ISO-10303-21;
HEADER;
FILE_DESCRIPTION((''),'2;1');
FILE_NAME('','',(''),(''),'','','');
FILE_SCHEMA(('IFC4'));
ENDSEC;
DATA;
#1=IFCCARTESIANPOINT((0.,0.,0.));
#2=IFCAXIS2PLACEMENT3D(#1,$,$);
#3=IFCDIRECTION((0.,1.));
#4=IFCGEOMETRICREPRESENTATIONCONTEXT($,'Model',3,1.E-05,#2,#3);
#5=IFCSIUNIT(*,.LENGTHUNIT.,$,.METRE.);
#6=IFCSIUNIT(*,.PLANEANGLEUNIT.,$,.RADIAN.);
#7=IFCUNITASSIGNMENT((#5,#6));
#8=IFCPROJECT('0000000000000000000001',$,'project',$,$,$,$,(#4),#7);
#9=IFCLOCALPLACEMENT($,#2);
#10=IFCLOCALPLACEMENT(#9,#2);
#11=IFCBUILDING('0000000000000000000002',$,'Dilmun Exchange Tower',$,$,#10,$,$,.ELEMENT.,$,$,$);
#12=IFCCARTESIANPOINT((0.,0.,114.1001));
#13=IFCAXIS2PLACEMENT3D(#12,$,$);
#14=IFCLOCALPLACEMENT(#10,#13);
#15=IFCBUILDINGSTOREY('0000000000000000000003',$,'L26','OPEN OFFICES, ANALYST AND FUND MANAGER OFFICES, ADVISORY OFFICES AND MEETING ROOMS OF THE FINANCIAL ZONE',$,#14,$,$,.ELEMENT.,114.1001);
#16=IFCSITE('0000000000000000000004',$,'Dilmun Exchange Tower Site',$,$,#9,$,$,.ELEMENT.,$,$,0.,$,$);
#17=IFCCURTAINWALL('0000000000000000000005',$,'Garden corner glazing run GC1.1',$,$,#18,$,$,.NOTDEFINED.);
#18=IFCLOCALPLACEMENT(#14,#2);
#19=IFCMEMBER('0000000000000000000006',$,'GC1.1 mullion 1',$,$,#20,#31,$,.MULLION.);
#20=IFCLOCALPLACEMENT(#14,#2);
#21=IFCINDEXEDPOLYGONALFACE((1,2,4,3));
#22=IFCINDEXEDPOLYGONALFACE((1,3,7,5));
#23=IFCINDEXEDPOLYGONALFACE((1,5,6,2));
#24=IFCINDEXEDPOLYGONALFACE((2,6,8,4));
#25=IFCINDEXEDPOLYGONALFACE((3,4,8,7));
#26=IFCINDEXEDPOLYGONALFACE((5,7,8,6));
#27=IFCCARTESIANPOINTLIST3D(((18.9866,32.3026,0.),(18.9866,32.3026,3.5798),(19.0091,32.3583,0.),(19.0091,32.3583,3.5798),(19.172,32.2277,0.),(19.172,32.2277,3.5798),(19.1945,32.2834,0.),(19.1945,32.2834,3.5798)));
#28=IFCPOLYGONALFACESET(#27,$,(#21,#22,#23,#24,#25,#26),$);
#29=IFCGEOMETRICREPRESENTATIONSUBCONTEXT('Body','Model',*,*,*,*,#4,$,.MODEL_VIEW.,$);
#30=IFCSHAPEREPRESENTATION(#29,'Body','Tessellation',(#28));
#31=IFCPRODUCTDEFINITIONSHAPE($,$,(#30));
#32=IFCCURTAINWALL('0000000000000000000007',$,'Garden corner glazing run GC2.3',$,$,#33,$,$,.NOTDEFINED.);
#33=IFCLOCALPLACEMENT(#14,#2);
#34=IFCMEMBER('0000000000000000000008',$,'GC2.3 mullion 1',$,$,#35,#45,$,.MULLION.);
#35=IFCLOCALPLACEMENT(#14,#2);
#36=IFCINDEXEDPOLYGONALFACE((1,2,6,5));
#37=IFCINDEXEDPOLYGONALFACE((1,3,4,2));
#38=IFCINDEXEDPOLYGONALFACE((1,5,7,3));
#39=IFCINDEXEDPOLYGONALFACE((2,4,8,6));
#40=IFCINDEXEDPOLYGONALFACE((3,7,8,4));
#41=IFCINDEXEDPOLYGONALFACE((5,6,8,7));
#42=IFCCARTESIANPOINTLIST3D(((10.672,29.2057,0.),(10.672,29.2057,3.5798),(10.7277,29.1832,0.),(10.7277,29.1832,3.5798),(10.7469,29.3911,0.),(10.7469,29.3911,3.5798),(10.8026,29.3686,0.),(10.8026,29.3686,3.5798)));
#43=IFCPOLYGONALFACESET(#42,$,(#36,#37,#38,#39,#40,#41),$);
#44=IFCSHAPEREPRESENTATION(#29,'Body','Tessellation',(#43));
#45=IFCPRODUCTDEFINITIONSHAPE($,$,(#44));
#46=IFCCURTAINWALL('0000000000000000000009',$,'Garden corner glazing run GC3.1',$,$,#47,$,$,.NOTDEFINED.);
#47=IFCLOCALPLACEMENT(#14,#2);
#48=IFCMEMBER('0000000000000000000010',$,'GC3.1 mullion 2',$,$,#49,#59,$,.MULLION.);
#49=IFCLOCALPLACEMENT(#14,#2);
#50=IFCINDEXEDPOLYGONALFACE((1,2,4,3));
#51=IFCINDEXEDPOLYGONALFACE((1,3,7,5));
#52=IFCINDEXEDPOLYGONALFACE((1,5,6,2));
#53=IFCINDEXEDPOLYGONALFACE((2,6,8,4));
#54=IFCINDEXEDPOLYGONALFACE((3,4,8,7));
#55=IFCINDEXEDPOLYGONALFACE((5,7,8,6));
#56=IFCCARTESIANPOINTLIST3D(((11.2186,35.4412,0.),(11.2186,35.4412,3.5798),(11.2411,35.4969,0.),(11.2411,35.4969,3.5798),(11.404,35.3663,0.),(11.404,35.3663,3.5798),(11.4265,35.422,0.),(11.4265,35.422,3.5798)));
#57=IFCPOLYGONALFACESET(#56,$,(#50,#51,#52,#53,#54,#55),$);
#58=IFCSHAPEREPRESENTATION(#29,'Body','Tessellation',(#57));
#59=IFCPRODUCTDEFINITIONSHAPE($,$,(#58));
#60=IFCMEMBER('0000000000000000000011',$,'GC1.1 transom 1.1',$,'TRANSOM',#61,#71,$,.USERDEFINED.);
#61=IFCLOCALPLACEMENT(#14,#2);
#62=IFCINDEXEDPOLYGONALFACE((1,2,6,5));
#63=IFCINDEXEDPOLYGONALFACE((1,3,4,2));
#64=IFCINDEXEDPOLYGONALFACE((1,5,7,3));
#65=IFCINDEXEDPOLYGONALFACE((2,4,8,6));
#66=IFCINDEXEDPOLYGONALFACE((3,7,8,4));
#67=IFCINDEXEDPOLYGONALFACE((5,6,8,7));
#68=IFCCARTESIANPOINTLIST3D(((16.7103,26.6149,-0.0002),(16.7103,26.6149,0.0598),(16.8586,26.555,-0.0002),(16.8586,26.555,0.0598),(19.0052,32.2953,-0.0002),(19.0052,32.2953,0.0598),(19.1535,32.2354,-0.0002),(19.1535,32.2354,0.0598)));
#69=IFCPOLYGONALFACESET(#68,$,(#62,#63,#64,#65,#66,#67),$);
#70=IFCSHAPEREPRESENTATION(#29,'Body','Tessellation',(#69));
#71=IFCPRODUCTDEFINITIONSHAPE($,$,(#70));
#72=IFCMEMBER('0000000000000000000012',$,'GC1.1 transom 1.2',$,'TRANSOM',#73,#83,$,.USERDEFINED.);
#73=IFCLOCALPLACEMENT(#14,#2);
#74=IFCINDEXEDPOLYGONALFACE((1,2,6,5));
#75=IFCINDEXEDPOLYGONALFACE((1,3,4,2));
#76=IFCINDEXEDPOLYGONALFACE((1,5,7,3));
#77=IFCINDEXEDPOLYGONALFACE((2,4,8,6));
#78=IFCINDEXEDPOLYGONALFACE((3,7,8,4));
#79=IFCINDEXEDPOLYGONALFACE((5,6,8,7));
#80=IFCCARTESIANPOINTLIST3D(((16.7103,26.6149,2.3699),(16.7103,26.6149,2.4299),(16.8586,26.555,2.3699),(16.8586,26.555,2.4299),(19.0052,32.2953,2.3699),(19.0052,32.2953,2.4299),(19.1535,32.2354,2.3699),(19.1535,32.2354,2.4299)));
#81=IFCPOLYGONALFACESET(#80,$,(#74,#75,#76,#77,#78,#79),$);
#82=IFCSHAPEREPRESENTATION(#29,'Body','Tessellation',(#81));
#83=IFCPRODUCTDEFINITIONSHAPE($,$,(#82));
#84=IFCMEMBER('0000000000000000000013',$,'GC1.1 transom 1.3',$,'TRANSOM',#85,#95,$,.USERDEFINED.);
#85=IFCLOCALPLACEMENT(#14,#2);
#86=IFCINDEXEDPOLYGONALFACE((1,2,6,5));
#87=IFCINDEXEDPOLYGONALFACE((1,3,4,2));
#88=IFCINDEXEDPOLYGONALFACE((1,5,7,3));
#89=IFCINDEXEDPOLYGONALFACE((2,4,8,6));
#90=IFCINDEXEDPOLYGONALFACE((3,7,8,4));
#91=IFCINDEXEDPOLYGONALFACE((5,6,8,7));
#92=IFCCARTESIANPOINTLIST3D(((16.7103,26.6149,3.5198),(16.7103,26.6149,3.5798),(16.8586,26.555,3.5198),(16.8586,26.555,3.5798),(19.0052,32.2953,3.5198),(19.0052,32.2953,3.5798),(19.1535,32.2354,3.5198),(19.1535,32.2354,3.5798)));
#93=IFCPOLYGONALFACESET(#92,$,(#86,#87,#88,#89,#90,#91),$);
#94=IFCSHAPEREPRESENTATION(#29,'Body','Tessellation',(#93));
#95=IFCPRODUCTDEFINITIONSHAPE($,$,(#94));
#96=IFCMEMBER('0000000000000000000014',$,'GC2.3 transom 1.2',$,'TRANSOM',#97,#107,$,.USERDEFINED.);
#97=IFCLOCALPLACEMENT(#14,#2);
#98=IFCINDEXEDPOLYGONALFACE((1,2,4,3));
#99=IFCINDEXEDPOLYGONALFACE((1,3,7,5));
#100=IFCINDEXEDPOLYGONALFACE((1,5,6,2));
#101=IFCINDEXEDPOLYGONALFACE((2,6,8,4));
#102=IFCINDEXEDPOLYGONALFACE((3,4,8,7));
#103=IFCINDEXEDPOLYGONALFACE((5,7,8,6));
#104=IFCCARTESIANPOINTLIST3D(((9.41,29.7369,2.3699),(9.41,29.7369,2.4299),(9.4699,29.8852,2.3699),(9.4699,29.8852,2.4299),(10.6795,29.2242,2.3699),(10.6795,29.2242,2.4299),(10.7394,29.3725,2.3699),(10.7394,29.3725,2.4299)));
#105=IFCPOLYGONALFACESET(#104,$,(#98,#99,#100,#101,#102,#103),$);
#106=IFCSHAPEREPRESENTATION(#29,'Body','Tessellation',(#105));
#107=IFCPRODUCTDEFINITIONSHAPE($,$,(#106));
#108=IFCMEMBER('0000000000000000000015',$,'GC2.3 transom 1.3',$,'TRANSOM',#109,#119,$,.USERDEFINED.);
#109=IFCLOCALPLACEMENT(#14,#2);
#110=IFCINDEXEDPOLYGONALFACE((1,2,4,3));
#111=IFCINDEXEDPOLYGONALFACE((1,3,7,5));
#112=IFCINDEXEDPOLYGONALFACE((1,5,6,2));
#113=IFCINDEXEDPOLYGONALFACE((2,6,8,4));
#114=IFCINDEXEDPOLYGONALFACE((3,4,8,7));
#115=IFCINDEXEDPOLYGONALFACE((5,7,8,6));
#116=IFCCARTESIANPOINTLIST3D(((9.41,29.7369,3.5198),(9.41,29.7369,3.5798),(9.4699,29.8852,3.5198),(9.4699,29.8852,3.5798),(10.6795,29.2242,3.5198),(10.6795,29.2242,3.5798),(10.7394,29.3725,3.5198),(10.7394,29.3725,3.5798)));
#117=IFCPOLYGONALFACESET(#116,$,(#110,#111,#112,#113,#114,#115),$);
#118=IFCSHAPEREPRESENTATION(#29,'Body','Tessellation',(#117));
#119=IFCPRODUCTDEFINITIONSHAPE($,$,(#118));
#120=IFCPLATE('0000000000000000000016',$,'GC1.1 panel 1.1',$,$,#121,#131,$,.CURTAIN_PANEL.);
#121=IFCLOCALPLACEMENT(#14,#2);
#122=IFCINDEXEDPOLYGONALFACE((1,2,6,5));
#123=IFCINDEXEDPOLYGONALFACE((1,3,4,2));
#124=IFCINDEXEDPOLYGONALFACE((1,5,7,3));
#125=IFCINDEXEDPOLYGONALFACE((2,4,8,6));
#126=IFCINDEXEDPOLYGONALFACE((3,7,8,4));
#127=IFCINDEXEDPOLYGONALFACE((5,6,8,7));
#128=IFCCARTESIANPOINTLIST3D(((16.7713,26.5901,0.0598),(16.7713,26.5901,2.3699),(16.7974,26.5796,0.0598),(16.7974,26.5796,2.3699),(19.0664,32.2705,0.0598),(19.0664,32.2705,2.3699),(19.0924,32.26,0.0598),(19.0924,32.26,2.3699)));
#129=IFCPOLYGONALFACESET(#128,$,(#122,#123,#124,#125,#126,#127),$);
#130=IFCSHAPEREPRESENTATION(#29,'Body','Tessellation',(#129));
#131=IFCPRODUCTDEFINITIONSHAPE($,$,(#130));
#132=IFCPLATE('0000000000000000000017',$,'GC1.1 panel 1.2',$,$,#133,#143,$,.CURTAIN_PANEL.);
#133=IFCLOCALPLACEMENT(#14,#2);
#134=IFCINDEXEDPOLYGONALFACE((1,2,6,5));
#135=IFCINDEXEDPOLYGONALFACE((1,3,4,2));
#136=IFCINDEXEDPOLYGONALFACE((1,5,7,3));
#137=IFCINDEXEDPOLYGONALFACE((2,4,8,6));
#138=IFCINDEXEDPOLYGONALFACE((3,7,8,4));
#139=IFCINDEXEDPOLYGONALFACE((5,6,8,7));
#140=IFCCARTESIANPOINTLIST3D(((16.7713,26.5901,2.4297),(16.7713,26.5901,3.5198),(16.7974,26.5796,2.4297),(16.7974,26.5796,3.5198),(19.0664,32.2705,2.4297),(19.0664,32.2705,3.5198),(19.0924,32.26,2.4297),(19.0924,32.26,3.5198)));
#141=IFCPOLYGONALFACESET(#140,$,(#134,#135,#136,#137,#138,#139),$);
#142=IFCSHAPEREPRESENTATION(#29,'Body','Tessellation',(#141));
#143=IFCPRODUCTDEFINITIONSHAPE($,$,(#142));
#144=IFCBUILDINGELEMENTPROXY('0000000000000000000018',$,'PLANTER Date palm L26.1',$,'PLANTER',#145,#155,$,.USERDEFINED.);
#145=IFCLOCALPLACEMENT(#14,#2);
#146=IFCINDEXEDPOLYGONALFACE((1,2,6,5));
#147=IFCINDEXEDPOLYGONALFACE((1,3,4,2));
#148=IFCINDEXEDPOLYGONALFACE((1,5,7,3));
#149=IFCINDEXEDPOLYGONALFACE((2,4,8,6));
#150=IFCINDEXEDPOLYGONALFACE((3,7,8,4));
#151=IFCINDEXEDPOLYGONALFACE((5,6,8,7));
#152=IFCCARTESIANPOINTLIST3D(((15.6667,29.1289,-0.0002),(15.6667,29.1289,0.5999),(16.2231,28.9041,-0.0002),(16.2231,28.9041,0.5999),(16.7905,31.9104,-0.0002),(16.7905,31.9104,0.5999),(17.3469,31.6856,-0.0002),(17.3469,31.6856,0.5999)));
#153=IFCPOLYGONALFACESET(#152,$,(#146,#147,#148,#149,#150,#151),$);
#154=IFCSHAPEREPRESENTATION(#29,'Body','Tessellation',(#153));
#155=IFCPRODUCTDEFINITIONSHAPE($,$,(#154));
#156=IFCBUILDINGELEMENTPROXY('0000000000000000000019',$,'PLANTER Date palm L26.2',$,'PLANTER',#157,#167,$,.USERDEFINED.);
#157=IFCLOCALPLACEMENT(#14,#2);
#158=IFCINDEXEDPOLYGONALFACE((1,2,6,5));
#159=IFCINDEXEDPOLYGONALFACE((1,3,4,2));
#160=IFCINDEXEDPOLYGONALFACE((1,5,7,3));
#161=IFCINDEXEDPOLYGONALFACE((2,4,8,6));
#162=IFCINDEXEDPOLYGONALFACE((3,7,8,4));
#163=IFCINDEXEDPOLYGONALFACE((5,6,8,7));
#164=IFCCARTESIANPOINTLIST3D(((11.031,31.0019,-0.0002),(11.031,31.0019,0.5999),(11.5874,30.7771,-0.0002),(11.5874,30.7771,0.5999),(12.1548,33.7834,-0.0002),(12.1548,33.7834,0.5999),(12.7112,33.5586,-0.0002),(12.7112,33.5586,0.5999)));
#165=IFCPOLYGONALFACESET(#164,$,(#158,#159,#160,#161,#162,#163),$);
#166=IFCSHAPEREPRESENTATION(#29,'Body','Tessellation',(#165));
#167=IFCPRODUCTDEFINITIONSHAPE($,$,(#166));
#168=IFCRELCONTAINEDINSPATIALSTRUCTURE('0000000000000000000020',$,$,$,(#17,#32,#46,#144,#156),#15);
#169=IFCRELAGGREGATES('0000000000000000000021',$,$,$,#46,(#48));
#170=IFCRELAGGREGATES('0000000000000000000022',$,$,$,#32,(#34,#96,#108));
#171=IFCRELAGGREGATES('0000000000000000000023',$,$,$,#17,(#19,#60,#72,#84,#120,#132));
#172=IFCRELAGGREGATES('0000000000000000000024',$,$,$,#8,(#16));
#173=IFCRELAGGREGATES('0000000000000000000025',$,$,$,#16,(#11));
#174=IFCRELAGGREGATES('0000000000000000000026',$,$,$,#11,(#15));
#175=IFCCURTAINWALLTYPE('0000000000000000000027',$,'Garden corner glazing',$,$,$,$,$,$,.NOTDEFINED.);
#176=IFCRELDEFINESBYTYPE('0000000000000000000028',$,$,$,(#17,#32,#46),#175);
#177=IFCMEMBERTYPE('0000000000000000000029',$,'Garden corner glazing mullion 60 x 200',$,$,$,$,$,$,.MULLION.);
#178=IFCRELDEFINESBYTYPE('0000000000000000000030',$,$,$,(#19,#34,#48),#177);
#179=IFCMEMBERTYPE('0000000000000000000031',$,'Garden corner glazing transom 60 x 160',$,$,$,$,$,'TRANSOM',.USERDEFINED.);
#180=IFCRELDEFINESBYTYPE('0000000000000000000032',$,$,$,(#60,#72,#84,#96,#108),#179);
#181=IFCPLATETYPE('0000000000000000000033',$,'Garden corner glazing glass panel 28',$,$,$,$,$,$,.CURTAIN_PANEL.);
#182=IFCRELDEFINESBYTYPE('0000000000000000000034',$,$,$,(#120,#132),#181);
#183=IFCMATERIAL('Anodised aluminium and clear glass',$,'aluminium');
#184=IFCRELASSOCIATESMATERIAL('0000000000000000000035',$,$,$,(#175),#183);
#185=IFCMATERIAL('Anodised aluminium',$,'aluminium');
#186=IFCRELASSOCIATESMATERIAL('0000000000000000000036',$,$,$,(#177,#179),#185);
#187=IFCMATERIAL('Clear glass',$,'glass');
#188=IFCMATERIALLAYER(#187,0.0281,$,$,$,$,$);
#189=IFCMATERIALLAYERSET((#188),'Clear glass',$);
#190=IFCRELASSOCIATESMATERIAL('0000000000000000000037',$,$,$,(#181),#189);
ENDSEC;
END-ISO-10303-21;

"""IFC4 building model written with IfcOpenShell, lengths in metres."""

from ifc_helpers import new_model, si_unit, direction, frame, origin, origin_2d, place, context, subcontext, project, spatial, rectangle, extrude, material, layer, layer_set, material_profile, profile_set, type_object, element, aggregate, save


model = new_model("IFC4")

# Units and contexts
model_context = context("Model", 3, precision=1e-05, world=origin(), true_north=direction((0.0, 1.0)))
body_context = subcontext(model_context, "Body", "Model", "MODEL_VIEW")
ifc_project = project(units=[si_unit("LENGTHUNIT", "METRE"), si_unit("PLANEANGLEUNIT", "RADIAN")], contexts=[model_context])

# Site, building, storey
site_placement = place(None, origin())
site = spatial("IfcSite", under=ifc_project, at=site_placement, Name="Dilmun Exchange Tower Site", CompositionType="ELEMENT", RefElevation=0.0)
building_placement = place(site_placement, origin())
building = spatial("IfcBuilding", under=site, at=building_placement, Name="Dilmun Exchange Tower", CompositionType="ELEMENT")
storey_placement = place(building_placement, frame((0.0, 0.0, 114.1001)))
storey = spatial("IfcBuildingStorey", under=building, at=storey_placement, Name="L26", Description="OPEN OFFICES, ANALYST AND FUND MANAGER OFFICES, ADVISORY OFFICES AND MEETING ROOMS OF THE FINANCIAL ZONE", CompositionType="ELEMENT", Elevation=114.1001)

# Curtain walls, members
ifc_material_1 = material(Name="Anodised aluminium and clear glass", Category="aluminium")
curtain_wall_type = type_object("IfcCurtainWallType", Name="Garden corner glazing", PredefinedType="NOTDEFINED", material=ifc_material_1)
curtain_wall_1_placement = place(storey_placement, origin())
curtain_wall_1 = element("IfcCurtainWall", 1, at=curtain_wall_1_placement, inside=storey, type_object=curtain_wall_type, Name="Garden corner glazing run GC1.1", PredefinedType="NOTDEFINED")
ifc_material_2 = material(Name="Anodised aluminium", Category="aluminium")
ifc_material_profile_1 = material_profile(ifc_material_2, rectangle(XDim=0.2, YDim=0.0601, at=origin_2d()), Name="AL 60x200")
ifc_profile_set_1 = profile_set([ifc_material_profile_1], Name="Anodised aluminium")
member_type_1 = type_object("IfcMemberType", Name="Garden corner glazing mullion 60 x 200", PredefinedType="MULLION", material=ifc_profile_set_1)
member_1_placement = place(storey_placement, frame((19.0906, 32.293, 0.0), z_axis=(0.0, 0.0, 1.0), x_axis=(0.927182, -0.374612, 0.0)))
member_1 = element("IfcMember", 2, at=member_1_placement, type_object=member_type_1, Name="GC1.1 mullion 1", PredefinedType="MULLION", context=body_context, shape_type="SweptSolid", body=[
    extrude(rectangle(XDim=0.2, YDim=0.0601, at=origin_2d()), origin(), (0.0, 0.0, 1.0), 3.5798),
])
curtain_wall_2_placement = place(storey_placement, origin())
curtain_wall_2 = element("IfcCurtainWall", 3, at=curtain_wall_2_placement, inside=storey, type_object=curtain_wall_type, Name="Garden corner glazing run GC2.3", PredefinedType="NOTDEFINED")
member_2_placement = place(storey_placement, frame((10.7373, 29.2871, 0.0), z_axis=(0.0, 0.0, 1.0), x_axis=(-0.374584, -0.927193, 0.0)))
member_2 = element("IfcMember", 4, at=member_2_placement, type_object=member_type_1, Name="GC2.3 mullion 1", PredefinedType="MULLION", context=body_context, shape_type="SweptSolid", body=[
    extrude(rectangle(XDim=0.2, YDim=0.0601, at=origin_2d()), origin(), (0.0, 0.0, 1.0), 3.5798),
])
curtain_wall_3_placement = place(storey_placement, origin())
curtain_wall_3 = element("IfcCurtainWall", 5, at=curtain_wall_3_placement, inside=storey, type_object=curtain_wall_type, Name="Garden corner glazing run GC3.1", PredefinedType="NOTDEFINED")
member_3_placement = place(storey_placement, frame((11.3225, 35.4316, 0.0), z_axis=(0.0, 0.0, 1.0), x_axis=(-0.927187, 0.374599, 0.0)))
member_3 = element("IfcMember", 6, at=member_3_placement, type_object=member_type_1, Name="GC3.1 mullion 2", PredefinedType="MULLION", context=body_context, shape_type="SweptSolid", body=[
    extrude(rectangle(XDim=0.2, YDim=0.0601, at=origin_2d()), origin(), (0.0, 0.0, 1.0), 3.5798),
])
aggregate(curtain_wall_3, [member_3])

# Members
ifc_material_profile_2 = material_profile(ifc_material_2, rectangle(XDim=0.1599, YDim=0.0601, at=origin_2d()), Name="AL 60x160")
ifc_profile_set_2 = profile_set([ifc_material_profile_2], Name="Anodised aluminium")
member_type_2 = type_object("IfcMemberType", Name="Garden corner glazing transom 60 x 160", ElementType="TRANSOM", PredefinedType="USERDEFINED", material=ifc_profile_set_2)
member_4_placement = place(storey_placement, frame((19.0793, 32.2654, 0.0298), z_axis=(-0.37459, -0.92719, 0.0), x_axis=(0.92719, -0.37459, 0.0)))
member_4 = element("IfcMember", 7, at=member_4_placement, type_object=member_type_2, Name="GC1.1 transom 1.1", ObjectType="TRANSOM", PredefinedType="USERDEFINED", context=body_context, shape_type="SweptSolid", body=[
    extrude(rectangle(XDim=0.1599, YDim=0.0601, at=origin_2d()), origin(), (0.0, 0.0, 1.0), 6.1265),
])
member_5_placement = place(storey_placement, frame((19.0793, 32.2654, 2.3999), z_axis=(-0.37459, -0.92719, 0.0), x_axis=(0.92719, -0.37459, 0.0)))
member_5 = element("IfcMember", 8, at=member_5_placement, type_object=member_type_2, Name="GC1.1 transom 1.2", ObjectType="TRANSOM", PredefinedType="USERDEFINED", context=body_context, shape_type="SweptSolid", body=[
    extrude(rectangle(XDim=0.1599, YDim=0.0601, at=origin_2d()), origin(), (0.0, 0.0, 1.0), 6.1265),
])
member_6_placement = place(storey_placement, frame((19.0793, 32.2654, 3.5498), z_axis=(-0.37459, -0.92719, 0.0), x_axis=(0.92719, -0.37459, 0.0)))
member_6 = element("IfcMember", 9, at=member_6_placement, type_object=member_type_2, Name="GC1.1 transom 1.3", ObjectType="TRANSOM", PredefinedType="USERDEFINED", context=body_context, shape_type="SweptSolid", body=[
    extrude(rectangle(XDim=0.1599, YDim=0.0601, at=origin_2d()), origin(), (0.0, 0.0, 1.0), 6.1265),
])
member_7_placement = place(storey_placement, frame((10.7095, 29.2983, 2.3999), z_axis=(-0.927242, 0.374463, 0.0), x_axis=(-0.374463, -0.927242, 0.0)))
member_7 = element("IfcMember", 10, at=member_7_placement, type_object=member_type_2, Name="GC2.3 transom 1.2", ObjectType="TRANSOM", PredefinedType="USERDEFINED", context=body_context, shape_type="SweptSolid", body=[
    extrude(rectangle(XDim=0.1599, YDim=0.0601, at=origin_2d()), origin(), (0.0, 0.0, 1.0), 1.3691),
])
member_8_placement = place(storey_placement, frame((10.7095, 29.2983, 3.5498), z_axis=(-0.927242, 0.374463, 0.0), x_axis=(-0.374463, -0.927242, 0.0)))
member_8 = element("IfcMember", 11, at=member_8_placement, type_object=member_type_2, Name="GC2.3 transom 1.3", ObjectType="TRANSOM", PredefinedType="USERDEFINED", context=body_context, shape_type="SweptSolid", body=[
    extrude(rectangle(XDim=0.1599, YDim=0.0601, at=origin_2d()), origin(), (0.0, 0.0, 1.0), 1.3691),
])
aggregate(curtain_wall_2, [member_2, member_7, member_8])

# Plates
ifc_material_3 = material(Name="Clear glass", Category="glass")
ifc_layer_1 = layer(ifc_material_3, 0.0281)
ifc_layer_set_1 = layer_set([ifc_layer_1], Name="Clear glass")
plate_type = type_object("IfcPlateType", Name="Garden corner glazing glass panel 28", PredefinedType="CURTAIN_PANEL", material=ifc_layer_set_1)
plate_1_placement = place(storey_placement, frame((17.9319, 29.425, 0.0598), z_axis=(0.0, 0.0, 1.0), x_axis=(-0.374612, -0.927182, 0.0)))
plate_1 = element("IfcPlate", 12, at=plate_1_placement, type_object=plate_type, Name="GC1.1 panel 1.1", PredefinedType="CURTAIN_PANEL", context=body_context, shape_type="SweptSolid", body=[
    extrude(rectangle(XDim=6.1265, YDim=0.0281, at=origin_2d()), origin(), (0.0, 0.0, 1.0), 2.3101),
])
plate_2_placement = place(storey_placement, frame((17.9319, 29.425, 2.4297), z_axis=(0.0, 0.0, 1.0), x_axis=(-0.374612, -0.927182, 0.0)))
plate_2 = element("IfcPlate", 13, at=plate_2_placement, type_object=plate_type, Name="GC1.1 panel 1.2", PredefinedType="CURTAIN_PANEL", context=body_context, shape_type="SweptSolid", body=[
    extrude(rectangle(XDim=6.1265, YDim=0.0281, at=origin_2d()), origin(), (0.0, 0.0, 1.0), 1.0901),
])
aggregate(curtain_wall_1, [member_1, member_4, member_5, member_6, plate_1, plate_2])

# Building element proxies
for number, where, z_axis, x_axis, name in (
    (14, (16.5068, 30.4072, -0.0002), (0.0, 0.0, 1.0), (0.374607, 0.927184, 0.0), "PLANTER Date palm L26.1"),
    (15, (11.8711, 32.2803, -0.0002), (0.0, 0.0, 1.0), (0.374607, 0.927184, 0.0), "PLANTER Date palm L26.2"),
):
    element("IfcBuildingElementProxy", number, at=place(storey_placement, frame(where, z_axis=z_axis, x_axis=x_axis)), inside=storey, Name=name, ObjectType="PLANTER", PredefinedType="USERDEFINED", context=body_context, shape_type="SweptSolid", body=[
        extrude(rectangle(XDim=3.0, YDim=0.6001, at=origin_2d()), origin(), (0.0, 0.0, 1.0), 0.6001),
    ])

save(model, "model.ifc")
